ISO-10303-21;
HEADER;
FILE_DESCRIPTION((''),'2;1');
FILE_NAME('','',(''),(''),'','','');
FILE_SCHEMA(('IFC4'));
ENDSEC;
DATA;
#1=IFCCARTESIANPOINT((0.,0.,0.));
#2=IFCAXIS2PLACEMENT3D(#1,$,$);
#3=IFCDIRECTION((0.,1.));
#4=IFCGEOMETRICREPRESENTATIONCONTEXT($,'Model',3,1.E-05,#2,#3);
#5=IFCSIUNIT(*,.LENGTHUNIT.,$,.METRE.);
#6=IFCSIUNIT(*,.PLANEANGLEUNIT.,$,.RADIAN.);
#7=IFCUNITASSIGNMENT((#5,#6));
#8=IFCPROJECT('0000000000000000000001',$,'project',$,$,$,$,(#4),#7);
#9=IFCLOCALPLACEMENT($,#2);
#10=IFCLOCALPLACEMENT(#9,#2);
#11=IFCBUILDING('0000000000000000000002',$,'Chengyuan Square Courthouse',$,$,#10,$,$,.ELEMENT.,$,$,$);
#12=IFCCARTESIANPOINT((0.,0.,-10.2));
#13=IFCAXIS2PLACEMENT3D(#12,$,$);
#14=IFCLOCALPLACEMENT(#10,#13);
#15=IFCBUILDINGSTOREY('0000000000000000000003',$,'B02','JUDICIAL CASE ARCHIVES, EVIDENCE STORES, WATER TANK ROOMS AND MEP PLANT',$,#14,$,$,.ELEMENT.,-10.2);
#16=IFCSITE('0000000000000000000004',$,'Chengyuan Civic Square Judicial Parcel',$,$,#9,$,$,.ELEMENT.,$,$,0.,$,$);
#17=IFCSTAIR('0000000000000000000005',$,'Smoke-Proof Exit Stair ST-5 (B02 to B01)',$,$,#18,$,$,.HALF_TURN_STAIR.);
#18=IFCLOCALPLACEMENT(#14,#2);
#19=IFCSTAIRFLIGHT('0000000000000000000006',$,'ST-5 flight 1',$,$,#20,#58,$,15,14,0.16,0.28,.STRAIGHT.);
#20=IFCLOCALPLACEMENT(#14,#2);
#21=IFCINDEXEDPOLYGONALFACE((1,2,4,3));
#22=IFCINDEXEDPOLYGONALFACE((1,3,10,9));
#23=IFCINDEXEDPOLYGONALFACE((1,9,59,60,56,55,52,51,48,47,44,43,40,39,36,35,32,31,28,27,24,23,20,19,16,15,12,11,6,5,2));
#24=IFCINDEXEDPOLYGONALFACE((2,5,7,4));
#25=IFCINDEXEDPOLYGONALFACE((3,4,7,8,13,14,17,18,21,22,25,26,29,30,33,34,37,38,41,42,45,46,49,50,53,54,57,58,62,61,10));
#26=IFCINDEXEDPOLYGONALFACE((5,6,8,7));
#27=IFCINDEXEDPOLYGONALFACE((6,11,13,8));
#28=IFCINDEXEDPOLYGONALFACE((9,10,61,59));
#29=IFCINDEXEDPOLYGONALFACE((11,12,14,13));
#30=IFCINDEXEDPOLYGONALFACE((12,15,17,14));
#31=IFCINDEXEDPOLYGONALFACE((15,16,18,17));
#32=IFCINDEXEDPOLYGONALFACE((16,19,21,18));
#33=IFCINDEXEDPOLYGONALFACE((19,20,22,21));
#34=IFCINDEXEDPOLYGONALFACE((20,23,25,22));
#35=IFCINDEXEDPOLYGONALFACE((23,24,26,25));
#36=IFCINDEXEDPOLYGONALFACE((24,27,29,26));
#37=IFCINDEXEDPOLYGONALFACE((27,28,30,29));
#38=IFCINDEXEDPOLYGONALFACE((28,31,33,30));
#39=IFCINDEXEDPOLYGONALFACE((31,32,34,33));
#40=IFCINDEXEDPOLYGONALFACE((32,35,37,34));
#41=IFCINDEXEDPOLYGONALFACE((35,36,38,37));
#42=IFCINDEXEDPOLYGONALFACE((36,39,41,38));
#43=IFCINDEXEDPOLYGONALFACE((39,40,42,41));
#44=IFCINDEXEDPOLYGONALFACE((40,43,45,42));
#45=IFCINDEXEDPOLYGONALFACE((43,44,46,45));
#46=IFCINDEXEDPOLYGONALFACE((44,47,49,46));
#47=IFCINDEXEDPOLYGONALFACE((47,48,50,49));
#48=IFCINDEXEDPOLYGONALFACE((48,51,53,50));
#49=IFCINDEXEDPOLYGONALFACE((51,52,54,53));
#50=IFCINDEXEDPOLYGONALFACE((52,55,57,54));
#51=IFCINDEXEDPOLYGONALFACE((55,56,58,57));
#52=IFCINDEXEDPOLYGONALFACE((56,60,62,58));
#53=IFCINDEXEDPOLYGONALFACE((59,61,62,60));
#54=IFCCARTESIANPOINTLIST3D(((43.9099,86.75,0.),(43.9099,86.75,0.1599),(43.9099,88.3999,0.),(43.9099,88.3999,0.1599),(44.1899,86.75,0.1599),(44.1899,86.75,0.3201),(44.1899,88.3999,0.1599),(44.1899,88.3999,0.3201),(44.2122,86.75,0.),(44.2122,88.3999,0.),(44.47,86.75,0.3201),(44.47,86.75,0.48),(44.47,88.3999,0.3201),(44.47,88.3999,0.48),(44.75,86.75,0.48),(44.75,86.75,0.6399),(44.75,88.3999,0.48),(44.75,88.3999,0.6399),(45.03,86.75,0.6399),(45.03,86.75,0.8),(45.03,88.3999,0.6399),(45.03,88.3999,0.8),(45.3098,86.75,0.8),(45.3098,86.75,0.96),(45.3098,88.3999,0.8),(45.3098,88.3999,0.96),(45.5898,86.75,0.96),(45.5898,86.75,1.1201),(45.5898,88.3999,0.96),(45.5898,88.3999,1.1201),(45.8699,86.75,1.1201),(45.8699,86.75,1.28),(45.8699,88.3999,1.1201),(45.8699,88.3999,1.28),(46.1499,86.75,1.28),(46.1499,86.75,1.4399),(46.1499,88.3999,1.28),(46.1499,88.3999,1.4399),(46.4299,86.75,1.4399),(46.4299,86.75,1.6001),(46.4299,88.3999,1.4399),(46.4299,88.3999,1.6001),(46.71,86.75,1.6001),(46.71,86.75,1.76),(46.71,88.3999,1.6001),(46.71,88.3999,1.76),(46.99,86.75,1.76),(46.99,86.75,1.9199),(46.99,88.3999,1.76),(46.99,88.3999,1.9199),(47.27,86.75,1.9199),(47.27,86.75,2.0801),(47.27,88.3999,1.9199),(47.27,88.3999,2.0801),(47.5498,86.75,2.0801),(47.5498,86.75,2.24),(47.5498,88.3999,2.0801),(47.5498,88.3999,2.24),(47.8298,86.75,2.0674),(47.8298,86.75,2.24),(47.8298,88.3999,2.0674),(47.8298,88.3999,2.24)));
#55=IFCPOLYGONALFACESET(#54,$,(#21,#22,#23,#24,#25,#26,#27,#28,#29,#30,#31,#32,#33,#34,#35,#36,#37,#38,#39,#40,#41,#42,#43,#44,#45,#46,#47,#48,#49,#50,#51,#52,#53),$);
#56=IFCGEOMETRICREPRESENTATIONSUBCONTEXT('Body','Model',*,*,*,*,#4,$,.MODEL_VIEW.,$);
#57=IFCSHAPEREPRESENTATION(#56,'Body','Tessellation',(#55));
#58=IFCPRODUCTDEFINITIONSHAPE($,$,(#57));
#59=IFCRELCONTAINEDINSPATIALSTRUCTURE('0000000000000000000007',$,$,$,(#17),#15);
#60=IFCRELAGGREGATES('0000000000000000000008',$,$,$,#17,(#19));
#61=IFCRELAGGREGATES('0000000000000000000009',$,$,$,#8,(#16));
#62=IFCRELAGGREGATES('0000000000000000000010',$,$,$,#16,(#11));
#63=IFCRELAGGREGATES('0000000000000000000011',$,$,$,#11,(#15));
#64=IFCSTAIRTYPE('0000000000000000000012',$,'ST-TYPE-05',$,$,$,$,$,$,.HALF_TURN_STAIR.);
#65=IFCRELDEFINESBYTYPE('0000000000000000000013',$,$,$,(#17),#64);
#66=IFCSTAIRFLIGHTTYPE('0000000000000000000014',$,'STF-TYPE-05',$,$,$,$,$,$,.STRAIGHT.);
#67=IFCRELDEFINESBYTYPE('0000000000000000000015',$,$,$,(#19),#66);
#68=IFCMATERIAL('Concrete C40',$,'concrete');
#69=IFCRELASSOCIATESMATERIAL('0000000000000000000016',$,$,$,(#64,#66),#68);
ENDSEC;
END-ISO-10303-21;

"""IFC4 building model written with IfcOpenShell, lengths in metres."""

from ifc_helpers import new_model, si_unit, direction, frame, origin, place, context, subcontext, project, spatial, polyline, outline, extrude, material, type_object, element, aggregate, save


model = new_model("IFC4")

# Units and contexts
model_context = context("Model", 3, precision=1e-05, world=origin(), true_north=direction((0.0, 1.0)))
body_context = subcontext(model_context, "Body", "Model", "MODEL_VIEW")
ifc_project = project(units=[si_unit("LENGTHUNIT", "METRE"), si_unit("PLANEANGLEUNIT", "RADIAN")], contexts=[model_context])

# Site, building, storey
site_placement = place(None, origin())
site = spatial("IfcSite", under=ifc_project, at=site_placement, Name="Chengyuan Civic Square Judicial Parcel", CompositionType="ELEMENT", RefElevation=0.0)
building_placement = place(site_placement, origin())
building = spatial("IfcBuilding", under=site, at=building_placement, Name="Chengyuan Square Courthouse", CompositionType="ELEMENT")
storey_placement = place(building_placement, frame((0.0, 0.0, -10.2)))
storey = spatial("IfcBuildingStorey", under=building, at=storey_placement, Name="B02", Description="JUDICIAL CASE ARCHIVES, EVIDENCE STORES, WATER TANK ROOMS AND MEP PLANT", CompositionType="ELEMENT", Elevation=-10.2)

# Shared definitions
ifc_material_1 = material(Name="Concrete C40", Category="concrete")

# Stair, stair flight
stair_type = type_object("IfcStairType", Name="ST-TYPE-05", PredefinedType="HALF_TURN_STAIR", material=ifc_material_1)
stair_placement = place(storey_placement, origin())
stair = element("IfcStair", 1, at=stair_placement, inside=storey, type_object=stair_type, Name="Smoke-Proof Exit Stair ST-5 (B02 to B01)", PredefinedType="HALF_TURN_STAIR")
stair_flight_type = type_object("IfcStairFlightType", Name="STF-TYPE-05", PredefinedType="STRAIGHT", material=ifc_material_1)
stair_flight_placement = place(storey_placement, frame((43.9099, 87.575, 0.0), z_axis=(0.0, 0.0, 1.0), x_axis=(1.0, 0.0, 0.0)))
stair_flight = element("IfcStairFlight", 2, at=stair_flight_placement, type_object=stair_flight_type, Name="ST-5 flight 1", NumberOfRisers=15, NumberOfTreads=14, PredefinedType="STRAIGHT", RiserHeight=0.16, TreadLength=0.28, context=body_context, shape_type="SweptSolid", body=[
    extrude(outline(polyline([(0.0, 0.0), (0.0, 0.1599), (0.28, 0.1599), (0.28, 0.3201), (0.5601, 0.3201), (0.5601, 0.48), (0.8401, 0.48), (0.8401, 0.6399), (1.1201, 0.6399), (1.1201, 0.8), (1.3999, 0.8), (1.3999, 0.96), (1.6799, 0.96), (1.6799, 1.1201), (1.96, 1.1201), (1.96, 1.28), (2.24, 1.28), (2.24, 1.4399), (2.52, 1.4399), (2.52, 1.6001), (2.8, 1.6001), (2.8, 1.76), (3.0801, 1.76), (3.0801, 1.9199), (3.3601, 1.9199), (3.3601, 2.0801), (3.6399, 2.0801), (3.6399, 2.24), (3.9199, 2.24), (3.9199, 2.3999), (3.9199, 2.0674), (0.3022, 0.0), (0.0, 0.0)])), frame((0.0, 0.825, 0.0), z_axis=(0.0, -1.0, 0.0), x_axis=(1.0, 0.0, 0.0)), (0.0, 0.0, 1.0), 1.6499),
])
aggregate(stair, [stair_flight])

save(model, "model.ifc")
